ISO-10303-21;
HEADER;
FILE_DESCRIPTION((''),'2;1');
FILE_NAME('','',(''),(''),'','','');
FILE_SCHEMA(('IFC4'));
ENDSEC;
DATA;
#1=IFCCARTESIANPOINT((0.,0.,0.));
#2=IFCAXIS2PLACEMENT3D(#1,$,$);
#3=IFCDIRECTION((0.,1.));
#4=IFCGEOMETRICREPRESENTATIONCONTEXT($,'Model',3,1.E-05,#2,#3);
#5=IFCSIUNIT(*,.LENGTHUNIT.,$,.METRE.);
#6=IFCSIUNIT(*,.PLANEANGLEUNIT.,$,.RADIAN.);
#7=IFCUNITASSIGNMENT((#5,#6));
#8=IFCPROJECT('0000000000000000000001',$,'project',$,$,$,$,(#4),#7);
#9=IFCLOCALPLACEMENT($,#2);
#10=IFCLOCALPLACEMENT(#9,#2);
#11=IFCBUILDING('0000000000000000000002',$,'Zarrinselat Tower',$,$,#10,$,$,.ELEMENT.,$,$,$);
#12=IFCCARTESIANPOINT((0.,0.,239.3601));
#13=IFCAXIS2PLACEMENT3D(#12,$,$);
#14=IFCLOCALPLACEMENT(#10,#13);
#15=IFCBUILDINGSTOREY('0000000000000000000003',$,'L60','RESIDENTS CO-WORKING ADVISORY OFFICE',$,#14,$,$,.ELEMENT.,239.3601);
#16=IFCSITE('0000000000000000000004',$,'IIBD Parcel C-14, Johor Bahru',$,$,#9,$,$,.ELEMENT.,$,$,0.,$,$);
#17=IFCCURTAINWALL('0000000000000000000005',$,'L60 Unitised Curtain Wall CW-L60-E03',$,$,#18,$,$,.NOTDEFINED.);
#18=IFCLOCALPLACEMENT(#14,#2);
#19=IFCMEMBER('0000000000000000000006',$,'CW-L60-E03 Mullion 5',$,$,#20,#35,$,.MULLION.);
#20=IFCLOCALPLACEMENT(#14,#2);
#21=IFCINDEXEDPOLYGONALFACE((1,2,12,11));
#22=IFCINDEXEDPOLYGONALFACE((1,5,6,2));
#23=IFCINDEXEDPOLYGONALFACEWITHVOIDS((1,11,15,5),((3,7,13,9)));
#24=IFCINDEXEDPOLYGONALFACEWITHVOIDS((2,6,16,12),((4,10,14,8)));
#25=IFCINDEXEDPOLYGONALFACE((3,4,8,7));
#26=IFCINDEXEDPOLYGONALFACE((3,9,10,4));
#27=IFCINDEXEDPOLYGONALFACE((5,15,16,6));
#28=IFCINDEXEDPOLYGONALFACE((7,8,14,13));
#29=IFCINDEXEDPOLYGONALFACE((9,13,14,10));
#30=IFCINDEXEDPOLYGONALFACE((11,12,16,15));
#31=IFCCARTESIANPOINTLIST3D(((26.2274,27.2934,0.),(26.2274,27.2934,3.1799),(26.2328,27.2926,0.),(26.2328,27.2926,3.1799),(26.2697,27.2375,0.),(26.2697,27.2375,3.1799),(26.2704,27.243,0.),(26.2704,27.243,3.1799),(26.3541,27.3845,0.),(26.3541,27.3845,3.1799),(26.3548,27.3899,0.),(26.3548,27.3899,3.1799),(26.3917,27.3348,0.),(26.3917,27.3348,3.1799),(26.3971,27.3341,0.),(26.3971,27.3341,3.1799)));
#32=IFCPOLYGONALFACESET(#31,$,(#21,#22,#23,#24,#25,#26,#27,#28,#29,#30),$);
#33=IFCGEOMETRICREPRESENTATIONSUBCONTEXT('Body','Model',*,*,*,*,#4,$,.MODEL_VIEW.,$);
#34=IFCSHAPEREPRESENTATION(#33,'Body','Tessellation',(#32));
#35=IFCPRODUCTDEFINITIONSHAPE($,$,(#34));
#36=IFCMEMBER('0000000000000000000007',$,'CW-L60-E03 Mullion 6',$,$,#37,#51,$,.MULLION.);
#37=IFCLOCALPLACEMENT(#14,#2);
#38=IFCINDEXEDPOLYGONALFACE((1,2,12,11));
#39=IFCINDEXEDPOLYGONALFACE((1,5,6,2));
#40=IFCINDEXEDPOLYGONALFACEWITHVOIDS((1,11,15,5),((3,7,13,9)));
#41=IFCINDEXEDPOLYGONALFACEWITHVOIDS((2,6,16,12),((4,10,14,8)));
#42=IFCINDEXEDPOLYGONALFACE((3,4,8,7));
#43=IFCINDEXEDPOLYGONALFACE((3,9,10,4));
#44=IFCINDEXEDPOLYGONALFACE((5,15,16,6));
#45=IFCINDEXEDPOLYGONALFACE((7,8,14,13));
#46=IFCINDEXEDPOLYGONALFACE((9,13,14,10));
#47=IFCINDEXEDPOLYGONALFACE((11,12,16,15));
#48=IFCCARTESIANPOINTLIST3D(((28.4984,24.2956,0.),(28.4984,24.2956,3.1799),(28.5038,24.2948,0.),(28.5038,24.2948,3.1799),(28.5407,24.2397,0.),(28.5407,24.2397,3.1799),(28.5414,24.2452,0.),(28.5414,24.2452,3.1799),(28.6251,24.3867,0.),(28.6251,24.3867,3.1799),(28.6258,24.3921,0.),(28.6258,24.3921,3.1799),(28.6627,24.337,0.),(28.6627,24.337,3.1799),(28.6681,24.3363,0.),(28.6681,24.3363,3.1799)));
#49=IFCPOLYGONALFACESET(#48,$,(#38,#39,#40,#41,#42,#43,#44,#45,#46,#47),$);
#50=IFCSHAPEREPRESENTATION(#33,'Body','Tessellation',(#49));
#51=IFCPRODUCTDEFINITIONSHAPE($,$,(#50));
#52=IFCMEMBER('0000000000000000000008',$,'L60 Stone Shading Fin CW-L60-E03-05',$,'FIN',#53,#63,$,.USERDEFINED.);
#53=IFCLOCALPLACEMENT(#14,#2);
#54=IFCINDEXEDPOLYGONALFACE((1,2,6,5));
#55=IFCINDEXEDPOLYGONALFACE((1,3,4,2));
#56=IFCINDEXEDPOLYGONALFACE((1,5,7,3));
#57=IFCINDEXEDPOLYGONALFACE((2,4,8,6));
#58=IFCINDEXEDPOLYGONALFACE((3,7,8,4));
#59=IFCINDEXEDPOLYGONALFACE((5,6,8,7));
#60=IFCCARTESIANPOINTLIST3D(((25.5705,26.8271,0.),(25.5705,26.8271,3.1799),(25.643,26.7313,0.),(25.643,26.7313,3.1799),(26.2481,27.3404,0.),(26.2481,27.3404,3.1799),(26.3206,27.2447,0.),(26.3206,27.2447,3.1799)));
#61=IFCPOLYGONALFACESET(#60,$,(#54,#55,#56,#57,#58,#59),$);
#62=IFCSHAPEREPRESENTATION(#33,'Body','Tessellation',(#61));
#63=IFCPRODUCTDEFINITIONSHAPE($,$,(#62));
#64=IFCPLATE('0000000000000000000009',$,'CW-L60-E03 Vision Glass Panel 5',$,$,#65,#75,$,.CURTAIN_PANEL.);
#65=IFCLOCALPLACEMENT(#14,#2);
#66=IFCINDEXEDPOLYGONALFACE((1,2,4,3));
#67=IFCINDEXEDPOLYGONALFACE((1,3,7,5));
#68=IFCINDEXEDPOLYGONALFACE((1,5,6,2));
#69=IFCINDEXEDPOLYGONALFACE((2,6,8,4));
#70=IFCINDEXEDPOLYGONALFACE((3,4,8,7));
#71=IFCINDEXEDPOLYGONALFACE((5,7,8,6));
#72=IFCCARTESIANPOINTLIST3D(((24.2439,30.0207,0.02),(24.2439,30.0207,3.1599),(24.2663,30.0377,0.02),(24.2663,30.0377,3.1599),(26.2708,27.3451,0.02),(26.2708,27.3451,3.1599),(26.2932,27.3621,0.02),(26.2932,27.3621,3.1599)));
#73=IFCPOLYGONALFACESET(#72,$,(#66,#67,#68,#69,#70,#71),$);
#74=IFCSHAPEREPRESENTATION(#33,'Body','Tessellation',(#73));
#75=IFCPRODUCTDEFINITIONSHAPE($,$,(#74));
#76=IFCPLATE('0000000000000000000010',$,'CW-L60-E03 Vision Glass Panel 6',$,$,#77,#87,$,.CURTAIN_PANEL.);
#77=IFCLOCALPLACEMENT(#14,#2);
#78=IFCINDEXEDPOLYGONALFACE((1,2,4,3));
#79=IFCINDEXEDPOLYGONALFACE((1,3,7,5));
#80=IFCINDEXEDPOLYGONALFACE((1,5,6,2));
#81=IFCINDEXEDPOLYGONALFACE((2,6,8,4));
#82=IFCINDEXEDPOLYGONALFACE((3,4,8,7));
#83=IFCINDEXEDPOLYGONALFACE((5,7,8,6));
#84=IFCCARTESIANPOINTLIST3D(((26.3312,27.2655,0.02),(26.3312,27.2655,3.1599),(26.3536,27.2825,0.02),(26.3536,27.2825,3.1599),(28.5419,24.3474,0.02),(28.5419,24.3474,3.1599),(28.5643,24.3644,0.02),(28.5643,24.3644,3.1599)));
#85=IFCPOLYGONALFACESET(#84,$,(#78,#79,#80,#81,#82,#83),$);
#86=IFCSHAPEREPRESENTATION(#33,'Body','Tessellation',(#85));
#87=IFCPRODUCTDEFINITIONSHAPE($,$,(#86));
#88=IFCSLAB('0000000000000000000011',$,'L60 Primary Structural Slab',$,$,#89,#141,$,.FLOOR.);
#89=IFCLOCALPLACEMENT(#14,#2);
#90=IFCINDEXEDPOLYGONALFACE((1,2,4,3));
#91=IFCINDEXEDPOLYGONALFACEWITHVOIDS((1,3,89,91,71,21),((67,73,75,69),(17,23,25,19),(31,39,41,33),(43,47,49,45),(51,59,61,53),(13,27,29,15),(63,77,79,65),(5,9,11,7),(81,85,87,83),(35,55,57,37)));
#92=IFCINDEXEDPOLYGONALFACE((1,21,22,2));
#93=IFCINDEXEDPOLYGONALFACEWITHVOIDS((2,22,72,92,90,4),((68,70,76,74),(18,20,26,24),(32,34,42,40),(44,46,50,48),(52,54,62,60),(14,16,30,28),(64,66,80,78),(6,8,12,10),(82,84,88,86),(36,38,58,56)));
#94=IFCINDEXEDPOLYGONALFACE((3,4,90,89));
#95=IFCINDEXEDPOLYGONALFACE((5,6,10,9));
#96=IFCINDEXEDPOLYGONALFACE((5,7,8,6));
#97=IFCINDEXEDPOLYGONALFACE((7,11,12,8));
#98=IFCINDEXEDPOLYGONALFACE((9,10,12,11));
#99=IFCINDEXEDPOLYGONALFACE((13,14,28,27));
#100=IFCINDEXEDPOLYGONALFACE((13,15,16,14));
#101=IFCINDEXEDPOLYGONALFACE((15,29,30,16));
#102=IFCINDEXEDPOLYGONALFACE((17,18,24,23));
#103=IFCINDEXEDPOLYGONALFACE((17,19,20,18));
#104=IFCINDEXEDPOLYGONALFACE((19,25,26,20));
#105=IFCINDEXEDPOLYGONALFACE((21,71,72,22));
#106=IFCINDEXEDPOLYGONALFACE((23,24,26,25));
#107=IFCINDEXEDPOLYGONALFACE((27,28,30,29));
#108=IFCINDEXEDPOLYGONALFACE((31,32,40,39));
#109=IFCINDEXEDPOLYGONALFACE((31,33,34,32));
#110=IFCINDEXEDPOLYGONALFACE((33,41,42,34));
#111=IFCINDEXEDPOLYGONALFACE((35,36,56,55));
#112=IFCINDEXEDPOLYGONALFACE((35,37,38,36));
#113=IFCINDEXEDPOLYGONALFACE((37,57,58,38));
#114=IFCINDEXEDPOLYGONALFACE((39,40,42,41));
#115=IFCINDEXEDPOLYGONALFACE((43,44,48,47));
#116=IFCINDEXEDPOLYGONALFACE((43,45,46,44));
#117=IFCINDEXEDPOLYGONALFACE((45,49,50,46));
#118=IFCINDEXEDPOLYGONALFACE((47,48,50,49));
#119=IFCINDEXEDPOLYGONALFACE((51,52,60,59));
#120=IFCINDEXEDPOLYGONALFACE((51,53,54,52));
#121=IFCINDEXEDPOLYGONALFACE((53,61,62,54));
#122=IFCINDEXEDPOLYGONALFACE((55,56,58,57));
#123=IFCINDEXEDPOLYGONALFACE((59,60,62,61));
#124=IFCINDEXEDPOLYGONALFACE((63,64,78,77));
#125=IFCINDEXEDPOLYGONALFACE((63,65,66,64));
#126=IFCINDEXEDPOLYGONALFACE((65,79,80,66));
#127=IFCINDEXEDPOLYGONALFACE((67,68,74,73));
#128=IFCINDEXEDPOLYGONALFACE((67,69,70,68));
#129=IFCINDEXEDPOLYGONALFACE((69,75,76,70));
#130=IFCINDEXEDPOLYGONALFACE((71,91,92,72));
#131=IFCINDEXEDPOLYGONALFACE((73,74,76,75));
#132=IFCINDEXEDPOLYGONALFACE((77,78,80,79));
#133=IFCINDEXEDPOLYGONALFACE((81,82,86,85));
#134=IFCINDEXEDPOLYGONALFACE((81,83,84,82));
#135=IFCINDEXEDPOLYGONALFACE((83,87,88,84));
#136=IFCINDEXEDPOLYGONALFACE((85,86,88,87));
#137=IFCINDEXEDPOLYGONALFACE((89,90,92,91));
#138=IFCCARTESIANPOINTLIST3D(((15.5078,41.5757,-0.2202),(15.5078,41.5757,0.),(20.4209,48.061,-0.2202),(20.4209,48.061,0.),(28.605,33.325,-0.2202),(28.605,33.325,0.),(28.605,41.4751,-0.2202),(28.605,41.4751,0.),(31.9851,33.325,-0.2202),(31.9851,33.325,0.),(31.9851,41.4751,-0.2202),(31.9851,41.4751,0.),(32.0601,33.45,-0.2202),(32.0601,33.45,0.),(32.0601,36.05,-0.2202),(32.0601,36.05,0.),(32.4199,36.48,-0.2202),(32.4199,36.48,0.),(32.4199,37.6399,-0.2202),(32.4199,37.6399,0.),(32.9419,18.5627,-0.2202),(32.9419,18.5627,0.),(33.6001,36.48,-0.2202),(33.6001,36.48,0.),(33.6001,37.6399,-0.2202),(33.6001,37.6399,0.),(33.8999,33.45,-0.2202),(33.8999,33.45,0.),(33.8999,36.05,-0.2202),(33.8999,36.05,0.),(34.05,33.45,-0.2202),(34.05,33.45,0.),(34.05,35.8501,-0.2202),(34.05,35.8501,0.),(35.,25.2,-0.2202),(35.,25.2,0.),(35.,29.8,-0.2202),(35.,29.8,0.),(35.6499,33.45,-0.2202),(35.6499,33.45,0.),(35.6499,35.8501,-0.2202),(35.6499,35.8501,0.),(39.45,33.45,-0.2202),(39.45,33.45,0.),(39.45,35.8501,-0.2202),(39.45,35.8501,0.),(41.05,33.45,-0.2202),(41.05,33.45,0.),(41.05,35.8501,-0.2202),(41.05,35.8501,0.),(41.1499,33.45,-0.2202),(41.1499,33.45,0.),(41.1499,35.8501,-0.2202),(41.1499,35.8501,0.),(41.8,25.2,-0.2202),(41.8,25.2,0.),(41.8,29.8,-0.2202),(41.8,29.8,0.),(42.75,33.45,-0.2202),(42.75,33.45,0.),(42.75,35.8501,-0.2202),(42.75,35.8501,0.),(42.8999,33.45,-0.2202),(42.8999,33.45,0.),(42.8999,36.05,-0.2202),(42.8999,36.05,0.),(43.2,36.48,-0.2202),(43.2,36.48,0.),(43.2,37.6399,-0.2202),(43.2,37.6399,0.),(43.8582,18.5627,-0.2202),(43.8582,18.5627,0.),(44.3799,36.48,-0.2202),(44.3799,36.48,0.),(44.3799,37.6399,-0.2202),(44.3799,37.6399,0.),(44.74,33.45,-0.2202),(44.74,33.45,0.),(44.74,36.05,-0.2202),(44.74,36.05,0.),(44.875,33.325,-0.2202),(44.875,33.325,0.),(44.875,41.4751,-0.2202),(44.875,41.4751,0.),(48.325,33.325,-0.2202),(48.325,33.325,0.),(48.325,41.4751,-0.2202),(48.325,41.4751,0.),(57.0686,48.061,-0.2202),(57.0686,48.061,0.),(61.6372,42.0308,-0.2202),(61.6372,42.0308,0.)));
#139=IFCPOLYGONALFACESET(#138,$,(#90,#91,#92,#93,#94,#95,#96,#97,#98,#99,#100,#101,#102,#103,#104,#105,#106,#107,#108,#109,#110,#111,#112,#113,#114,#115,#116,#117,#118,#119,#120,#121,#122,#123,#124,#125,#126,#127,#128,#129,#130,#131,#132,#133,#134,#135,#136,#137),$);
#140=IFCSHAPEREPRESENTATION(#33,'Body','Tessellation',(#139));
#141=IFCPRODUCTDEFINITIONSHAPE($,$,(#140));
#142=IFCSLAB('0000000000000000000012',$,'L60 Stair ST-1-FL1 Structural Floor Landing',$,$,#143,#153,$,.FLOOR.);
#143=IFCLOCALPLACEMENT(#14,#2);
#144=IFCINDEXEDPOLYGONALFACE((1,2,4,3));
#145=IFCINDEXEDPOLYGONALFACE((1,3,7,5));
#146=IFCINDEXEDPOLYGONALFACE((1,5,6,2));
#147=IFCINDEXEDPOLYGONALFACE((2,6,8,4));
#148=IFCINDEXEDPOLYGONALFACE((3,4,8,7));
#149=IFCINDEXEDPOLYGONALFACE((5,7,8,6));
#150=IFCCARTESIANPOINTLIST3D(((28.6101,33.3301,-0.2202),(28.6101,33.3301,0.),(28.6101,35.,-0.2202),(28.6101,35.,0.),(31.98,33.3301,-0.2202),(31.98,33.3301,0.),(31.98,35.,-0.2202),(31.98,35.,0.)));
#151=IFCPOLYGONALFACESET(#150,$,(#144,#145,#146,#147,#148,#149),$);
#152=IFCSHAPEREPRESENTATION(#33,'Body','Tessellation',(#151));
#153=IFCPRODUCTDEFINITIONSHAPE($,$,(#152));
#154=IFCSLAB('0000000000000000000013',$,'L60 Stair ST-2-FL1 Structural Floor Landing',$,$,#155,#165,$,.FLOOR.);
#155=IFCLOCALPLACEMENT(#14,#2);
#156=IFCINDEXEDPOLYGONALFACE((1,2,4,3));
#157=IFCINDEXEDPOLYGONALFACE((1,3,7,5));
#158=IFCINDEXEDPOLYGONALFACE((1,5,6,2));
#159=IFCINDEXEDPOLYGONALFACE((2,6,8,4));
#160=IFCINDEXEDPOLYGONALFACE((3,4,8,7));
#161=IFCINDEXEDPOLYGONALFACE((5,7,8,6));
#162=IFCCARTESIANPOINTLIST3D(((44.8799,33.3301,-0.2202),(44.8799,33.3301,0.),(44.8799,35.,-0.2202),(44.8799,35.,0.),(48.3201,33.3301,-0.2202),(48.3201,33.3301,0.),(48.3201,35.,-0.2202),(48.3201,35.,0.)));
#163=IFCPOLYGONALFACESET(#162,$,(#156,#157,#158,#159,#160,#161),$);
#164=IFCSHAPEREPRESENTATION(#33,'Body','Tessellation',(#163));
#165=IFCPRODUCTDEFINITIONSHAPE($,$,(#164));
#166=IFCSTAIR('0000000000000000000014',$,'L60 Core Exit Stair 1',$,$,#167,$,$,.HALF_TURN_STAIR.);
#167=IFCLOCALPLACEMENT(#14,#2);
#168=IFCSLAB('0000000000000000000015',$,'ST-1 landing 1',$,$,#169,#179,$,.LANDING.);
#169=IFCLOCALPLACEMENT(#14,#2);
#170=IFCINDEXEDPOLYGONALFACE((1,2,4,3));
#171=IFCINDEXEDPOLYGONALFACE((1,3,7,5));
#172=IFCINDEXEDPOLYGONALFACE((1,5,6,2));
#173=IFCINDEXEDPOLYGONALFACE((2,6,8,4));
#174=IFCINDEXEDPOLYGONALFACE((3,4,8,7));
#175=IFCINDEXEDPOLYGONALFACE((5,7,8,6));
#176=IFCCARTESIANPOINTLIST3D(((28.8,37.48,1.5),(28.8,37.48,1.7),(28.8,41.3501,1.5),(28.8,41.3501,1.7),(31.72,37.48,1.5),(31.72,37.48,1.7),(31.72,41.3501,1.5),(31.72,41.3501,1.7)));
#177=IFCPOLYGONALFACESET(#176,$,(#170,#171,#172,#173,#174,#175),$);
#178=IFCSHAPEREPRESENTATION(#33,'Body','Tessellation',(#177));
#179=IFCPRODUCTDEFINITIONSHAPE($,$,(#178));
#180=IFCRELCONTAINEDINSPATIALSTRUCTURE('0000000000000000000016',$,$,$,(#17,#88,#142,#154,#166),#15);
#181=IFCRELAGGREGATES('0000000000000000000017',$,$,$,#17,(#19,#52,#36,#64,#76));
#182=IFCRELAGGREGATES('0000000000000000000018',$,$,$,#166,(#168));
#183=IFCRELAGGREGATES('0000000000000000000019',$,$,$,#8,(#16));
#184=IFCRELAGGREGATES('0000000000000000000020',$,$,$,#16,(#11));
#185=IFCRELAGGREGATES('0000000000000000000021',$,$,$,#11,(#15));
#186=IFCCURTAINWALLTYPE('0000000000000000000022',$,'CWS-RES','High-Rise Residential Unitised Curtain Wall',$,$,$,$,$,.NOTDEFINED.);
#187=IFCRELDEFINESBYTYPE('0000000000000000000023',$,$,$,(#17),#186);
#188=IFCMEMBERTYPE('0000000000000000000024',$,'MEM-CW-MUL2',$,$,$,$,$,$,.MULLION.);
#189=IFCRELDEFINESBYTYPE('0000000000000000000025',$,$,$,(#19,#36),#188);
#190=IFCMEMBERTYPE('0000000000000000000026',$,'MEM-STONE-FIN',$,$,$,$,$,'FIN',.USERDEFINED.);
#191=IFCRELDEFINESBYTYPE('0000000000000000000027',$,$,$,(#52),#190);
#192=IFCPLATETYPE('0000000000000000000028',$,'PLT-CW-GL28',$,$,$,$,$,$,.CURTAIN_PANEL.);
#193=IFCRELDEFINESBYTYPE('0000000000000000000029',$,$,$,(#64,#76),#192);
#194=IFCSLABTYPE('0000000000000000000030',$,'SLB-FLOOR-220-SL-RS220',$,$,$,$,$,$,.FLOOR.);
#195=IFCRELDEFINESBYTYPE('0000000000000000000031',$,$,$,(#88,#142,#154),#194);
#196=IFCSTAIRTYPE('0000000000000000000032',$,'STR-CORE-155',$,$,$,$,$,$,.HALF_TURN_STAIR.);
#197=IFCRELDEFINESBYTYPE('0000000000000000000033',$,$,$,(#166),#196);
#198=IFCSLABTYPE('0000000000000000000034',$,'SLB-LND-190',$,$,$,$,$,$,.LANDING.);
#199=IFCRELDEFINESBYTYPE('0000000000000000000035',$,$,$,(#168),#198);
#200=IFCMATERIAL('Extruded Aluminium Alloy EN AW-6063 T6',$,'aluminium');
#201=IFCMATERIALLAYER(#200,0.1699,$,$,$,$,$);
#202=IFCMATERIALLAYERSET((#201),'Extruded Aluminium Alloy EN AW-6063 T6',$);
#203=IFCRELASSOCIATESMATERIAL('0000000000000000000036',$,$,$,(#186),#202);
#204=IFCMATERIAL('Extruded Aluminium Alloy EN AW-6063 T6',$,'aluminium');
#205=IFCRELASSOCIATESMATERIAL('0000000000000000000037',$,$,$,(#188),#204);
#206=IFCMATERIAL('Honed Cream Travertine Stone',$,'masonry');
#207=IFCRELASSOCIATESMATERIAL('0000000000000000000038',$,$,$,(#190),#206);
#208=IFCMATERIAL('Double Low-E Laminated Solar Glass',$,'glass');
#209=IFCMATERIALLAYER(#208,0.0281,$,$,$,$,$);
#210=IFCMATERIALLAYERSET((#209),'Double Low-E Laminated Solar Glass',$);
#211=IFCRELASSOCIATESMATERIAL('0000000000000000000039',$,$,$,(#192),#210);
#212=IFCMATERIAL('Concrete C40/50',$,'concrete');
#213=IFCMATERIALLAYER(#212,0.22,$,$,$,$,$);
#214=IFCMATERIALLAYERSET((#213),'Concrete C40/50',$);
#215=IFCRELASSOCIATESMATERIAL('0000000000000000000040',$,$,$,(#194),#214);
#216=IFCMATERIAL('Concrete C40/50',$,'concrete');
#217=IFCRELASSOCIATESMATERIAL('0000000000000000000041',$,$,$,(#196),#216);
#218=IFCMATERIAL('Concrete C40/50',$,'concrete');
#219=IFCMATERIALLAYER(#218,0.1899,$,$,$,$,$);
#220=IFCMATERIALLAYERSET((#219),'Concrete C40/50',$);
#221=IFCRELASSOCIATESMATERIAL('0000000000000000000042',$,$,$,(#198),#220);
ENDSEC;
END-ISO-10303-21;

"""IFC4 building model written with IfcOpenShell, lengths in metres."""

from ifc_helpers import new_model, si_unit, direction, frame, origin, origin_2d, place, context, subcontext, project, spatial, polyline, rectangle, hollow_rectangle, outline, extrude, material, layer, layer_set, material_profile, profile_set, type_object, element, aggregate, save


model = new_model("IFC4")

# Units and contexts
model_context = context("Model", 3, precision=1e-05, world=origin(), true_north=direction((0.0, 1.0)))
body_context = subcontext(model_context, "Body", "Model", "MODEL_VIEW")
ifc_project = project(units=[si_unit("LENGTHUNIT", "METRE"), si_unit("PLANEANGLEUNIT", "RADIAN")], contexts=[model_context])

# Site, building, storey
site_placement = place(None, origin())
site = spatial("IfcSite", under=ifc_project, at=site_placement, Name="IIBD Parcel C-14, Johor Bahru", CompositionType="ELEMENT", RefElevation=0.0)
building_placement = place(site_placement, origin())
building = spatial("IfcBuilding", under=site, at=building_placement, Name="Zarrinselat Tower", CompositionType="ELEMENT")
storey_placement = place(building_placement, frame((0.0, 0.0, 239.3601)))
storey = spatial("IfcBuildingStorey", under=building, at=storey_placement, Name="L60", Description="RESIDENTS CO-WORKING ADVISORY OFFICE", CompositionType="ELEMENT", Elevation=239.3601)

# Curtain wall, members, plates
ifc_material_1 = material(Name="Extruded Aluminium Alloy EN AW-6063 T6", Category="aluminium")
ifc_layer_1 = layer(ifc_material_1, 0.1699)
ifc_layer_set_1 = layer_set([ifc_layer_1], Name="Extruded Aluminium Alloy EN AW-6063 T6")
curtain_wall_type = type_object("IfcCurtainWallType", Name="CWS-RES", Description="High-Rise Residential Unitised Curtain Wall", PredefinedType="NOTDEFINED", material=ifc_layer_set_1)
curtain_wall_placement = place(storey_placement, origin())
curtain_wall = element("IfcCurtainWall", 1, at=curtain_wall_placement, inside=storey, type_object=curtain_wall_type, Name="L60 Unitised Curtain Wall CW-L60-E03", PredefinedType="NOTDEFINED")
ifc_material_2 = material(Name="Extruded Aluminium Alloy EN AW-6063 T6", Category="aluminium")
ifc_material_profile_1 = material_profile(ifc_material_2, hollow_rectangle(XDim=0.0701, YDim=0.1599, WallThickness=0.0039, at=origin_2d()), Name="RHS 160x70x4")
ifc_profile_set_1 = profile_set([ifc_material_profile_1], Name="Extruded Aluminium Alloy EN AW-6063 T6")
member_type_1 = type_object("IfcMemberType", Name="MEM-CW-MUL2", PredefinedType="MULLION", material=ifc_profile_set_1)
member_1_placement = place(storey_placement, frame((26.3123, 27.3137, 0.0), z_axis=(0.0, 0.0, 1.0), x_axis=(0.603858, -0.797092, 0.0)))
member_1 = element("IfcMember", 2, at=member_1_placement, type_object=member_type_1, Name="CW-L60-E03 Mullion 5", PredefinedType="MULLION", context=body_context, shape_type="SweptSolid", body=[
    extrude(hollow_rectangle(XDim=0.0701, YDim=0.1599, WallThickness=0.0039, at=origin_2d()), origin(), (0.0, 0.0, 1.0), 3.1799),
])
member_2_placement = place(storey_placement, frame((28.5833, 24.3159, 0.0), z_axis=(0.0, 0.0, 1.0), x_axis=(0.603858, -0.797092, 0.0)))
member_2 = element("IfcMember", 3, at=member_2_placement, type_object=member_type_1, Name="CW-L60-E03 Mullion 6", PredefinedType="MULLION", context=body_context, shape_type="SweptSolid", body=[
    extrude(hollow_rectangle(XDim=0.0701, YDim=0.1599, WallThickness=0.0039, at=origin_2d()), origin(), (0.0, 0.0, 1.0), 3.1799),
])
ifc_material_3 = material(Name="Honed Cream Travertine Stone", Category="masonry")
ifc_material_profile_2 = material_profile(ifc_material_3, rectangle(XDim=0.1201, YDim=0.8501, at=origin_2d()), Name="FIN 850x120")
ifc_profile_set_2 = profile_set([ifc_material_profile_2], Name="Honed Cream Travertine Stone")
member_type_2 = type_object("IfcMemberType", Name="MEM-STONE-FIN", ElementType="FIN", PredefinedType="USERDEFINED", material=ifc_profile_set_2)
member_3_placement = place(storey_placement, frame((25.9456, 27.0359, 0.0), z_axis=(0.0, 0.0, 1.0), x_axis=(-0.603858, 0.797092, 0.0)))
member_3 = element("IfcMember", 4, at=member_3_placement, type_object=member_type_2, Name="L60 Stone Shading Fin CW-L60-E03-05", ObjectType="FIN", PredefinedType="USERDEFINED", context=body_context, shape_type="SweptSolid", body=[
    extrude(rectangle(XDim=0.1201, YDim=0.8501, at=origin_2d()), origin(), (0.0, 0.0, 1.0), 3.1799),
])
ifc_material_4 = material(Name="Double Low-E Laminated Solar Glass", Category="glass")
ifc_layer_2 = layer(ifc_material_4, 0.0281)
ifc_layer_set_2 = layer_set([ifc_layer_2], Name="Double Low-E Laminated Solar Glass")
plate_type = type_object("IfcPlateType", Name="PLT-CW-GL28", PredefinedType="CURTAIN_PANEL", material=ifc_layer_set_2)
plate_1_placement = place(storey_placement, frame((25.2686, 28.6914, 0.02), z_axis=(0.0, 0.0, 1.0), x_axis=(0.603858, -0.797092, 0.0)))
plate_1 = element("IfcPlate", 5, at=plate_1_placement, type_object=plate_type, Name="CW-L60-E03 Vision Glass Panel 5", PredefinedType="CURTAIN_PANEL", context=body_context, shape_type="SweptSolid", body=[
    extrude(rectangle(XDim=3.3567, YDim=0.0281, at=origin_2d()), origin(), (0.0, 0.0, 1.0), 3.1399),
])
plate_2_placement = place(storey_placement, frame((27.4478, 25.8149, 0.02), z_axis=(0.0, 0.0, 1.0), x_axis=(0.603858, -0.797092, 0.0)))
plate_2 = element("IfcPlate", 6, at=plate_2_placement, type_object=plate_type, Name="CW-L60-E03 Vision Glass Panel 6", PredefinedType="CURTAIN_PANEL", context=body_context, shape_type="SweptSolid", body=[
    extrude(rectangle(XDim=3.6609, YDim=0.0281, at=origin_2d()), origin(), (0.0, 0.0, 1.0), 3.1399),
])
aggregate(curtain_wall, [member_1, member_3, member_2, plate_1, plate_2])

# Slabs
ifc_material_5 = material(Name="Concrete C40/50", Category="concrete")
ifc_layer_3 = layer(ifc_material_5, 0.22)
ifc_layer_set_3 = layer_set([ifc_layer_3], Name="Concrete C40/50")
slab_type_1 = type_object("IfcSlabType", Name="SLB-FLOOR-220-SL-RS220", PredefinedType="FLOOR", material=ifc_layer_set_3)
slab_1_placement = place(storey_placement, frame((0.0, 0.0, -0.2202)))
element("IfcSlab", 7, at=slab_1_placement, inside=storey, type_object=slab_type_1, Name="L60 Primary Structural Slab", PredefinedType="FLOOR", context=body_context, shape_type="SweptSolid", body=[
    extrude(outline(polyline([(57.0686, 48.061), (20.4209, 48.061), (15.5078, 41.5757), (32.9419, 18.5627), (43.8582, 18.5627), (61.6372, 42.0308), (57.0686, 48.061)]), holes=[polyline([(41.8, 25.2), (35.0, 25.2), (35.0, 29.8), (41.8, 29.8), (41.8, 25.2)]), polyline([(35.6499, 33.45), (34.05, 33.45), (34.05, 35.8501), (35.6499, 35.8501), (35.6499, 33.45)]), polyline([(41.05, 33.45), (39.45, 33.45), (39.45, 35.8501), (41.05, 35.8501), (41.05, 33.45)]), polyline([(41.1499, 33.45), (41.1499, 35.8501), (42.75, 35.8501), (42.75, 33.45), (41.1499, 33.45)]), polyline([(32.0601, 33.45), (32.0601, 36.05), (33.8999, 36.05), (33.8999, 33.45), (32.0601, 33.45)]), polyline([(44.74, 33.45), (42.8999, 33.45), (42.8999, 36.05), (44.74, 36.05), (44.74, 33.45)]), polyline([(33.6001, 36.48), (32.4199, 36.48), (32.4199, 37.6399), (33.6001, 37.6399), (33.6001, 36.48)]), polyline([(44.3799, 36.48), (43.2, 36.48), (43.2, 37.6399), (44.3799, 37.6399), (44.3799, 36.48)]), polyline([(31.9851, 33.325), (28.605, 33.325), (28.605, 41.4751), (31.9851, 41.4751), (31.9851, 33.325)]), polyline([(48.325, 33.325), (44.875, 33.325), (44.875, 41.4751), (48.325, 41.4751), (48.325, 33.325)])]), origin(), (0.0, 0.0, 1.0), 0.2202),
])
slab_2_placement = place(storey_placement, frame((0.0, 0.0, -0.2202)))
element("IfcSlab", 8, at=slab_2_placement, inside=storey, type_object=slab_type_1, Name="L60 Stair ST-1-FL1 Structural Floor Landing", PredefinedType="FLOOR", context=body_context, shape_type="SweptSolid", body=[
    extrude(outline(polyline([(31.98, 33.3301), (31.98, 35.0), (28.6101, 35.0), (28.6101, 33.3301), (31.98, 33.3301)])), origin(), (0.0, 0.0, 1.0), 0.2202),
])
slab_3_placement = place(storey_placement, frame((0.0, 0.0, -0.2202)))
element("IfcSlab", 9, at=slab_3_placement, inside=storey, type_object=slab_type_1, Name="L60 Stair ST-2-FL1 Structural Floor Landing", PredefinedType="FLOOR", context=body_context, shape_type="SweptSolid", body=[
    extrude(outline(polyline([(48.3201, 33.3301), (48.3201, 35.0), (44.8799, 35.0), (44.8799, 33.3301), (48.3201, 33.3301)])), origin(), (0.0, 0.0, 1.0), 0.2202),
])

# Stair, slab
ifc_material_6 = material(Name="Concrete C40/50", Category="concrete")
stair_type = type_object("IfcStairType", Name="STR-CORE-155", PredefinedType="HALF_TURN_STAIR", material=ifc_material_6)
stair_1_placement = place(storey_placement, origin())
stair_1 = element("IfcStair", 10, at=stair_1_placement, inside=storey, type_object=stair_type, Name="L60 Core Exit Stair 1", PredefinedType="HALF_TURN_STAIR")
ifc_material_7 = material(Name="Concrete C40/50", Category="concrete")
ifc_layer_4 = layer(ifc_material_7, 0.1899)
ifc_layer_set_4 = layer_set([ifc_layer_4], Name="Concrete C40/50")
slab_type_2 = type_object("IfcSlabType", Name="SLB-LND-190", PredefinedType="LANDING", material=ifc_layer_set_4)
slab_4_placement = place(storey_placement, frame((0.0, 0.0, 1.5)))
slab_4 = element("IfcSlab", 11, at=slab_4_placement, type_object=slab_type_2, Name="ST-1 landing 1", PredefinedType="LANDING", context=body_context, shape_type="SweptSolid", body=[
    extrude(outline(polyline([(31.72, 37.48), (31.72, 41.3501), (28.8, 41.3501), (28.8, 37.48), (31.72, 37.48)])), origin(), (0.0, 0.0, 1.0), 0.2),
])
aggregate(stair_1, [slab_4])

save(model, "model.ifc")
